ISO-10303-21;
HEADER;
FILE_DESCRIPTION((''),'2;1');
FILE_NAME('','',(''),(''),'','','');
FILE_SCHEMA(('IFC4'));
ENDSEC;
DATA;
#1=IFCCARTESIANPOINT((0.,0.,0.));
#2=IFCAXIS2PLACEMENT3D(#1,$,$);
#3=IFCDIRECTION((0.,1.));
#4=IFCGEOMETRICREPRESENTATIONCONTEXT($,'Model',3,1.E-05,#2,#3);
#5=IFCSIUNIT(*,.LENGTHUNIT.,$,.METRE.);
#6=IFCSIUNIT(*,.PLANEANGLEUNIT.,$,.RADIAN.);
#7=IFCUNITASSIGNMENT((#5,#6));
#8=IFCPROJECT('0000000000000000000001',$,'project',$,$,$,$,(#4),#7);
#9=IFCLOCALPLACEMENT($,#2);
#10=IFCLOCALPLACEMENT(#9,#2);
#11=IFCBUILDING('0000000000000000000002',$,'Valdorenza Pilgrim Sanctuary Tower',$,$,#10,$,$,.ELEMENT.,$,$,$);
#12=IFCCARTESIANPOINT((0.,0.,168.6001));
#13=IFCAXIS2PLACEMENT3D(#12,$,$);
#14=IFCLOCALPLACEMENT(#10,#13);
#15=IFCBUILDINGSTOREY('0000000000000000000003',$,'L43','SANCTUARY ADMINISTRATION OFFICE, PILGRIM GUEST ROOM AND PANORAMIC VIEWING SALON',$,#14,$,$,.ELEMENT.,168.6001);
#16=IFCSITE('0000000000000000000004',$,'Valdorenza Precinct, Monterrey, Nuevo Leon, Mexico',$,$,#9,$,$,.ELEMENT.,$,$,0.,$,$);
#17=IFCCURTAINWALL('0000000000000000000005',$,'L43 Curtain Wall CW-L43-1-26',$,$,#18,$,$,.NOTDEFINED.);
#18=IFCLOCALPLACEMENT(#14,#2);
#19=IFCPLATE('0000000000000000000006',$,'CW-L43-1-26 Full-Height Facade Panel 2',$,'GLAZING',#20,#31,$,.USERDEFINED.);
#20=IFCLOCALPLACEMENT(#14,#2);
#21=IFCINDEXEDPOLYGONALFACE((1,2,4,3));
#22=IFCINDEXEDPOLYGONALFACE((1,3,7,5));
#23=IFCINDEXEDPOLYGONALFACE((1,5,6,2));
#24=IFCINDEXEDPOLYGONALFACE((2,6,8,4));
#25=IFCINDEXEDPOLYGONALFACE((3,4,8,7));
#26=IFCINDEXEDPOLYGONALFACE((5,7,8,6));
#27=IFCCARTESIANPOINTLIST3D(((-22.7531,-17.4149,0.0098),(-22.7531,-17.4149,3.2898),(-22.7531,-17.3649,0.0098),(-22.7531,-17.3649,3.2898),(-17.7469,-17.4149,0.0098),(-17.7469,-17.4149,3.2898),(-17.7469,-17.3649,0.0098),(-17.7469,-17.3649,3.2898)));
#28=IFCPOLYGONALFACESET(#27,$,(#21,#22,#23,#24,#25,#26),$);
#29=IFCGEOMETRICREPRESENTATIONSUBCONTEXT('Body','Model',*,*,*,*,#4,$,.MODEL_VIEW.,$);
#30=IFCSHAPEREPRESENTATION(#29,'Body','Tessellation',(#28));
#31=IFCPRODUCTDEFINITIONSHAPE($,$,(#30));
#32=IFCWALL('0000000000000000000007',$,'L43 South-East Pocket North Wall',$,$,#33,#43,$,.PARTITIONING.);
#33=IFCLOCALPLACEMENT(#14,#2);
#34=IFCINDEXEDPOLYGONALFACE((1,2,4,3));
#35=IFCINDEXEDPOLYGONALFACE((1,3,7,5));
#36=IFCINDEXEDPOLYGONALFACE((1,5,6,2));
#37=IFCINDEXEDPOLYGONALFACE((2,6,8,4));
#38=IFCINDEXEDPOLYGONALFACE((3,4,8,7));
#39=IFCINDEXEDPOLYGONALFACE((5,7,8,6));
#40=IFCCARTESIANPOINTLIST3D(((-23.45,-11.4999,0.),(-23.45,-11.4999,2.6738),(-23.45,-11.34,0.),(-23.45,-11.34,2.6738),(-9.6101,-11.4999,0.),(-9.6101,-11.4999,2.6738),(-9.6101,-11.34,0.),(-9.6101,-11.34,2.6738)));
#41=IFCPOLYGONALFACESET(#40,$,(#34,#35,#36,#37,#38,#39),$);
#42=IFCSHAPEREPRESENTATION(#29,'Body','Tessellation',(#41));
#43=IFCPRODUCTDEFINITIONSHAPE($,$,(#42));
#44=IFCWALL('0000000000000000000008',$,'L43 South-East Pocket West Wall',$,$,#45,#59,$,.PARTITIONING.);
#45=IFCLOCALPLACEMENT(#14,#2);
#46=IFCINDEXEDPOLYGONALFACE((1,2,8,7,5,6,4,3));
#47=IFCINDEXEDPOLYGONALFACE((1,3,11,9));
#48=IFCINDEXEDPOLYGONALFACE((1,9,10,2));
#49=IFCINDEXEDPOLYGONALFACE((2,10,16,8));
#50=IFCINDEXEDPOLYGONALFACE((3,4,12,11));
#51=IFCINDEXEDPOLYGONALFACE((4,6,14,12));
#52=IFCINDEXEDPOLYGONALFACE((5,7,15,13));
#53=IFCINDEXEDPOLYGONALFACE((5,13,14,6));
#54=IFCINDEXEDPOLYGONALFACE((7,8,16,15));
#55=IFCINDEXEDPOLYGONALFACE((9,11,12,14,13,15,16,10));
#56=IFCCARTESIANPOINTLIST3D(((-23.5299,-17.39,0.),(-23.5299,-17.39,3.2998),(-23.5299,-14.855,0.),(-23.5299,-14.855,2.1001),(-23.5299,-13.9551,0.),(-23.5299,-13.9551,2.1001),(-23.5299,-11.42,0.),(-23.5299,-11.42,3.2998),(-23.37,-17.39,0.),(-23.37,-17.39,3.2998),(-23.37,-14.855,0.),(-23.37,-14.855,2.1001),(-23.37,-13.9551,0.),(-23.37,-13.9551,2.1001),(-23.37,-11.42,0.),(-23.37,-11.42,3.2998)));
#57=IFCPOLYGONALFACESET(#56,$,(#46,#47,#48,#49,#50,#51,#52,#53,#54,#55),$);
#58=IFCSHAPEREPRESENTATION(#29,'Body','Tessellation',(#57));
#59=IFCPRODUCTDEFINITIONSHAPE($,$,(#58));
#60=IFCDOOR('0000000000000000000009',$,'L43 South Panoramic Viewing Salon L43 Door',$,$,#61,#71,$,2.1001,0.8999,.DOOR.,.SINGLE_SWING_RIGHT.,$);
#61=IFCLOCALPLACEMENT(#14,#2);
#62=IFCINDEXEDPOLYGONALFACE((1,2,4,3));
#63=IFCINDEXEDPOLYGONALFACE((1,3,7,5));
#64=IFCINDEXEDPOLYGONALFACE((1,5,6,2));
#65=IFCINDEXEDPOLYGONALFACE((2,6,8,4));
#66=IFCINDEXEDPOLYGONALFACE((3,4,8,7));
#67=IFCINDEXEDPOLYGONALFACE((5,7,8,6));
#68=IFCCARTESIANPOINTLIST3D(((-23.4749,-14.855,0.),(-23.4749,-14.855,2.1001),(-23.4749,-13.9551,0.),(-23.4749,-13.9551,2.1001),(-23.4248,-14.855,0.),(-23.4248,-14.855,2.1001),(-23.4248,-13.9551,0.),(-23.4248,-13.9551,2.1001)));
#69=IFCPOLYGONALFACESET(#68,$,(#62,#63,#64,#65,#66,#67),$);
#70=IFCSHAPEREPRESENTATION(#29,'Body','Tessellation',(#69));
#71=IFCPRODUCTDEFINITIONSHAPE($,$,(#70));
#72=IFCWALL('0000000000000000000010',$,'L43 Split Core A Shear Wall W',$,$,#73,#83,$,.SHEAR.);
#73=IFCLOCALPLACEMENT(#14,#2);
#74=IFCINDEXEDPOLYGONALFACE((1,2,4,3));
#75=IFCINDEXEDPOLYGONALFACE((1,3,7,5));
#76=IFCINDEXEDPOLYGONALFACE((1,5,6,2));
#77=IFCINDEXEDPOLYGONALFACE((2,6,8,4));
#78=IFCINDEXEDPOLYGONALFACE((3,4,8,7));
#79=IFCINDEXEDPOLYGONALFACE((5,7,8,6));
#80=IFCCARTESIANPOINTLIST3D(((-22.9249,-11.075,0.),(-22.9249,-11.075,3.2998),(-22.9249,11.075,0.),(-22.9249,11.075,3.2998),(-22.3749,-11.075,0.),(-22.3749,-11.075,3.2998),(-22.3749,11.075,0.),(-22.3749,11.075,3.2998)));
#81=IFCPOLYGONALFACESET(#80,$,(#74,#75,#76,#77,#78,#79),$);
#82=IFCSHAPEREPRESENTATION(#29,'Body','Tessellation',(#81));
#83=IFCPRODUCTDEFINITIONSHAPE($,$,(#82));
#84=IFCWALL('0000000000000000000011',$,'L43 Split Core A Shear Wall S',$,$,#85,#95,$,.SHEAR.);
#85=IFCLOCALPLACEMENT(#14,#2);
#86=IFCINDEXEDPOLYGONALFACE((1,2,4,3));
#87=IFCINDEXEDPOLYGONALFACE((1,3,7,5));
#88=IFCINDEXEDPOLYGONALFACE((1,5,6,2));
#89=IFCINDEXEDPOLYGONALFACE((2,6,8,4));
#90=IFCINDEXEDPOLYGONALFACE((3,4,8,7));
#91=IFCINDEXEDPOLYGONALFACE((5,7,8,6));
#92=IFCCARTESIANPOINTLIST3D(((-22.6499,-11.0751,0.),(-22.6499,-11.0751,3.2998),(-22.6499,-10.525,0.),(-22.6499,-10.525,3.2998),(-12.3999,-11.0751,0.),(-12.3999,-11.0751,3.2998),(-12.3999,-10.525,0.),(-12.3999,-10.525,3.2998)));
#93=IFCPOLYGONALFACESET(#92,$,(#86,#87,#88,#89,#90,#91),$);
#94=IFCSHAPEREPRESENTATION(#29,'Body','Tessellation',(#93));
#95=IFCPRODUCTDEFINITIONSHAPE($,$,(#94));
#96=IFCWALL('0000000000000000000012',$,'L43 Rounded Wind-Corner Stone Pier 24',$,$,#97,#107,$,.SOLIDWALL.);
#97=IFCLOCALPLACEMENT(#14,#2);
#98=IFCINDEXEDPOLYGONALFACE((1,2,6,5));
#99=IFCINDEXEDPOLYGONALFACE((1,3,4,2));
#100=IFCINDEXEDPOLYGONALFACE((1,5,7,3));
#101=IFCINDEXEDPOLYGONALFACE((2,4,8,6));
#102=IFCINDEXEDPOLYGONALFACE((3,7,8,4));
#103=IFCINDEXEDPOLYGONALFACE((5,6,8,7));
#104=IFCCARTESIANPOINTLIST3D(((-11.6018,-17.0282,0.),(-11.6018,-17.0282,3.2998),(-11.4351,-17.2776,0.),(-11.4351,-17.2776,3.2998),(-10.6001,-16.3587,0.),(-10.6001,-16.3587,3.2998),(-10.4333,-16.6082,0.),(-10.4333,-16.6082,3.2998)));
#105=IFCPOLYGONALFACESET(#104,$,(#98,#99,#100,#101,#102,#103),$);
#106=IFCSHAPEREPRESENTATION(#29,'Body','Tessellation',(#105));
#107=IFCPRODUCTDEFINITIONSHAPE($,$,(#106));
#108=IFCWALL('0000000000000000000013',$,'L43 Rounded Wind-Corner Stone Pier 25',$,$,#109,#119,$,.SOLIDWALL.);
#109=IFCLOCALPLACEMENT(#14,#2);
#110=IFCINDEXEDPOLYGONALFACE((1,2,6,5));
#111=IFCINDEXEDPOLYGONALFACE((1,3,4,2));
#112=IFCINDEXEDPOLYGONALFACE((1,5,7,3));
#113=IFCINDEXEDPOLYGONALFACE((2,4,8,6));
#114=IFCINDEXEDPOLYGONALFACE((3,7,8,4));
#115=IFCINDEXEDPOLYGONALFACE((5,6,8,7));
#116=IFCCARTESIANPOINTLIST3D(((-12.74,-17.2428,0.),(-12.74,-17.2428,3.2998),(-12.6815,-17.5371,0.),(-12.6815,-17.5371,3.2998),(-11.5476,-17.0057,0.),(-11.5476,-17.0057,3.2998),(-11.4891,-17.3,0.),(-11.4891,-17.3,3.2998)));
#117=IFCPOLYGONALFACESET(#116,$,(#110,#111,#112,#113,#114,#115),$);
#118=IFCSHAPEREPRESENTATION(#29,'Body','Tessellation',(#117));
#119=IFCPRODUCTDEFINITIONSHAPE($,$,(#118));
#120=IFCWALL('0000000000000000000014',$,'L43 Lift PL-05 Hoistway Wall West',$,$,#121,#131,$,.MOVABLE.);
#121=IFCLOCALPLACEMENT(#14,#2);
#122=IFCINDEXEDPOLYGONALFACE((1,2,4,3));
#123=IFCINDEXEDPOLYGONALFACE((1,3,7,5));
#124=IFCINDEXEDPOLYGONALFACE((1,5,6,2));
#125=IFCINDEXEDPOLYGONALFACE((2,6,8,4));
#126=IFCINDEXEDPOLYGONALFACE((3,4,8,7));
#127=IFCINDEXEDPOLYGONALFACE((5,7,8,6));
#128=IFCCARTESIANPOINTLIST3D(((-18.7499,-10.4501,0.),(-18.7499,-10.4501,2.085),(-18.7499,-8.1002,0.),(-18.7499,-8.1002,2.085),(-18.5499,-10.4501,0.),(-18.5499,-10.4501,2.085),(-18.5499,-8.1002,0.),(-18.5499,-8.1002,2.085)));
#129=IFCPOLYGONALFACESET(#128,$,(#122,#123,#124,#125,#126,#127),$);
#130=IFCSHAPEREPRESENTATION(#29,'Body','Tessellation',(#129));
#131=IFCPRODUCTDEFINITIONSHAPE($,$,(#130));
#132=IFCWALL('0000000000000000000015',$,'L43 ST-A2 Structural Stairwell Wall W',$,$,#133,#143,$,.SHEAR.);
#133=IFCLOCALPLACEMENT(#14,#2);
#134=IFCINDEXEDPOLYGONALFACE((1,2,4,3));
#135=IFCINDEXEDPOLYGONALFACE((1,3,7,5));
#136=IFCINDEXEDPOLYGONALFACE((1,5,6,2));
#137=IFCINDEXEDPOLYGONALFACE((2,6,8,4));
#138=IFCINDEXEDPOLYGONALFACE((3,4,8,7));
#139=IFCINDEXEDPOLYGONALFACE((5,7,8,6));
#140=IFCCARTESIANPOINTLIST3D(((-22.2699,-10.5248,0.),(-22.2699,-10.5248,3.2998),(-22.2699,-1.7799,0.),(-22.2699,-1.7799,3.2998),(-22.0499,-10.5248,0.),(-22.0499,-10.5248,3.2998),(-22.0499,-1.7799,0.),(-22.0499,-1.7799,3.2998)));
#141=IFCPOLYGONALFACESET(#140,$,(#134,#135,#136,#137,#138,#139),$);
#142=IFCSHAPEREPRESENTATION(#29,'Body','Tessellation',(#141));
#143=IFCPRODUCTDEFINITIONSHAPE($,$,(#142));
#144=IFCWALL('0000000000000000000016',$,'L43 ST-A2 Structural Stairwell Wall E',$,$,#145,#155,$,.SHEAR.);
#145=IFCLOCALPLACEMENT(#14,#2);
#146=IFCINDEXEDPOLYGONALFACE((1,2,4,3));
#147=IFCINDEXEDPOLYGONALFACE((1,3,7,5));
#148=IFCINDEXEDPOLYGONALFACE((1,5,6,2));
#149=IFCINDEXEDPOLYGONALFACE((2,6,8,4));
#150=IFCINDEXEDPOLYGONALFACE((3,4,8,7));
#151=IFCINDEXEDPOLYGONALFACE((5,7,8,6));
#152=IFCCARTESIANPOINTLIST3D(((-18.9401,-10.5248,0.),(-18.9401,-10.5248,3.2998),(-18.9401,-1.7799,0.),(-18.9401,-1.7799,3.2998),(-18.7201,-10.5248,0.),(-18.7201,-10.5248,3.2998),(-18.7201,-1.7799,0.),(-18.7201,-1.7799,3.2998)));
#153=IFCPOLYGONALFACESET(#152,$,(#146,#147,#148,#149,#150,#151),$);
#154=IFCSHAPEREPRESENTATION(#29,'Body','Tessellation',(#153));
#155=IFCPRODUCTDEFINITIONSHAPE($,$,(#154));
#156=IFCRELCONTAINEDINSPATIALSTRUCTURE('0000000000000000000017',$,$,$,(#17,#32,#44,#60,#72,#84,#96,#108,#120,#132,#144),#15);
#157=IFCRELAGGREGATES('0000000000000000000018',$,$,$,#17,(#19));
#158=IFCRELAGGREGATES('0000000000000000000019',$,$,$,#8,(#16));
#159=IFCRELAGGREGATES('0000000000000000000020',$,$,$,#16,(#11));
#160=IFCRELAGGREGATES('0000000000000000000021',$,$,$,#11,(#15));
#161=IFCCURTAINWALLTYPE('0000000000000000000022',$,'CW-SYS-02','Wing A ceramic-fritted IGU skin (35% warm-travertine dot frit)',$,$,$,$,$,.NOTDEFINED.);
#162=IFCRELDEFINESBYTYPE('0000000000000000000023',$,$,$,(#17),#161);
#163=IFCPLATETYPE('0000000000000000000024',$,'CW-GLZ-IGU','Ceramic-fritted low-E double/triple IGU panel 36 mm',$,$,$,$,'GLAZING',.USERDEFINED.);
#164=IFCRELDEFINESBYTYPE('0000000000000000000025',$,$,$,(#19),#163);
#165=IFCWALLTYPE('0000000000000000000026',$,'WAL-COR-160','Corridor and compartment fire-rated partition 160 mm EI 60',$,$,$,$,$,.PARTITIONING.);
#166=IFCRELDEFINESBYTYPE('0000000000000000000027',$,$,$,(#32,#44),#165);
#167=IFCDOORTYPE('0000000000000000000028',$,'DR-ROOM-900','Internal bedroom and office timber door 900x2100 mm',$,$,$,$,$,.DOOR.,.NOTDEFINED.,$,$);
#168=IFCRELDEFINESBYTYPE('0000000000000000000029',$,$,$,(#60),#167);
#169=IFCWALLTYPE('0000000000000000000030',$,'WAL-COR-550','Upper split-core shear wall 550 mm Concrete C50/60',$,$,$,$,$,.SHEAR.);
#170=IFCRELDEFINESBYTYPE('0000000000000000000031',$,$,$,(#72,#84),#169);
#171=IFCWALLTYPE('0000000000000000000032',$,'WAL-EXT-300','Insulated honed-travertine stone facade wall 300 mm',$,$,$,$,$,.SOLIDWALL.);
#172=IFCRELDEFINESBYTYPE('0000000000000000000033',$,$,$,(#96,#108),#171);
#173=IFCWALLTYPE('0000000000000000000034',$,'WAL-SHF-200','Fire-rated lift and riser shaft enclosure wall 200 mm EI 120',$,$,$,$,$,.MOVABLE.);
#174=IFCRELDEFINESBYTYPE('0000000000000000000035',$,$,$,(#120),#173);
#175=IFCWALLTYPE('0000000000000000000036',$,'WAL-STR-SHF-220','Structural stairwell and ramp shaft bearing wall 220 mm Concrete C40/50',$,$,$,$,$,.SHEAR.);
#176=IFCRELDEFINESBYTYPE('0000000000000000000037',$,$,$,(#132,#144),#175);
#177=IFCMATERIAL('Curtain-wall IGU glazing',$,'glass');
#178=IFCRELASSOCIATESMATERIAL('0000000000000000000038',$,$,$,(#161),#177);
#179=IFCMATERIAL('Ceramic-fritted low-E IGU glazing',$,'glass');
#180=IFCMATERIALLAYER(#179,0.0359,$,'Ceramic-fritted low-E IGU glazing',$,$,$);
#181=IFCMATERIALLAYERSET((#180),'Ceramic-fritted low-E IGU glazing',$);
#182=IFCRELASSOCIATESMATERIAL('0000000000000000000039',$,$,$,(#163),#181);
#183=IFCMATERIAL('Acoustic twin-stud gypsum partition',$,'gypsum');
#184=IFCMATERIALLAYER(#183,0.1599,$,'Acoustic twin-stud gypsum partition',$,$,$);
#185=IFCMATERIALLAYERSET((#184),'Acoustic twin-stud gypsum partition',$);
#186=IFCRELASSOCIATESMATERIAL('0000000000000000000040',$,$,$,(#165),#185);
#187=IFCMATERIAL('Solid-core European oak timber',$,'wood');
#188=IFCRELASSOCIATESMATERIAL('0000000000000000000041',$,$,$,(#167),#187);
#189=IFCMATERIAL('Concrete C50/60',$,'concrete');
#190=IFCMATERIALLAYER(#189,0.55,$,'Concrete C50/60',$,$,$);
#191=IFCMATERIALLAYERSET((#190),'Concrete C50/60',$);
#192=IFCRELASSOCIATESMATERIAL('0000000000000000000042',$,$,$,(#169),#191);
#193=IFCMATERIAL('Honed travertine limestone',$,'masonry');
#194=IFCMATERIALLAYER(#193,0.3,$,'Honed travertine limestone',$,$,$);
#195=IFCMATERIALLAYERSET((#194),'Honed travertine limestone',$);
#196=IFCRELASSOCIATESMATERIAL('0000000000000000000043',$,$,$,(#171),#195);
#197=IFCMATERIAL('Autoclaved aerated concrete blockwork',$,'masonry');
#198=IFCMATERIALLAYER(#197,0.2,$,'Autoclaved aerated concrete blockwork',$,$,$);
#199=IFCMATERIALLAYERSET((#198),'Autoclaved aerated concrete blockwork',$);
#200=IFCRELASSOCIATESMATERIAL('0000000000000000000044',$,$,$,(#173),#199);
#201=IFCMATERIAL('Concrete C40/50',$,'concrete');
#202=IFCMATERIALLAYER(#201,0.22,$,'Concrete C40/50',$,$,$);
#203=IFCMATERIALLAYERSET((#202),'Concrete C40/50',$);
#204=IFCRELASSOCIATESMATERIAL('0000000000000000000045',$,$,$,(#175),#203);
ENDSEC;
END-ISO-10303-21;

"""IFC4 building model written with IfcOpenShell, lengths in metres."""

from ifc_helpers import new_model, si_unit, direction, frame, frame_2d, origin, origin_2d, place, context, subcontext, project, spatial, rectangle, extrude, source, transform, mapped, material, layer, layer_set, type_object, element, fill, aggregate, save


model = new_model("IFC4")

# Units and contexts
model_context = context("Model", 3, precision=1e-05, world=origin(), true_north=direction((0.0, 1.0)))
body_context = subcontext(model_context, "Body", "Model", "MODEL_VIEW")
ifc_project = project(units=[si_unit("LENGTHUNIT", "METRE"), si_unit("PLANEANGLEUNIT", "RADIAN")], contexts=[model_context])

# Site, building, storey
site_placement = place(None, origin())
site = spatial("IfcSite", under=ifc_project, at=site_placement, Name="Valdorenza Precinct, Monterrey, Nuevo Leon, Mexico", CompositionType="ELEMENT", RefElevation=0.0)
building_placement = place(site_placement, origin())
building = spatial("IfcBuilding", under=site, at=building_placement, Name="Valdorenza Pilgrim Sanctuary Tower", CompositionType="ELEMENT")
storey_placement = place(building_placement, frame((0.0, 0.0, 168.6001)))
storey = spatial("IfcBuildingStorey", under=building, at=storey_placement, Name="L43", Description="SANCTUARY ADMINISTRATION OFFICE, PILGRIM GUEST ROOM AND PANORAMIC VIEWING SALON", CompositionType="ELEMENT", Elevation=168.6001)

# Curtain wall, plate
ifc_material_1 = material(Name="Curtain-wall IGU glazing", Category="glass")
curtain_wall_type = type_object("IfcCurtainWallType", Name="CW-SYS-02", Description="Wing A ceramic-fritted IGU skin (35% warm-travertine dot frit)", PredefinedType="NOTDEFINED", material=ifc_material_1)
curtain_wall_placement = place(storey_placement, origin())
curtain_wall = element("IfcCurtainWall", 1, at=curtain_wall_placement, inside=storey, type_object=curtain_wall_type, Name="L43 Curtain Wall CW-L43-1-26", PredefinedType="NOTDEFINED")
ifc_material_2 = material(Name="Honed travertine limestone", Category="masonry")
ifc_material_3 = material(Name="Ceramic-fritted low-E IGU glazing", Category="glass")
ifc_layer_1 = layer(ifc_material_3, 0.0359, Name="Ceramic-fritted low-E IGU glazing")
ifc_layer_set_1 = layer_set([ifc_layer_1], Name="Ceramic-fritted low-E IGU glazing")
plate_type_1 = type_object("IfcPlateType", Name="CW-GLZ-IGU", Description="Ceramic-fritted low-E double/triple IGU panel 36 mm", ElementType="GLAZING", PredefinedType="USERDEFINED", material=ifc_layer_set_1)
shared_shape_1 = source(origin(), body_context, "Body", "SweptSolid", [
    extrude(rectangle(XDim=5.0061, YDim=0.05, at=origin_2d()), origin(), (0.0, 0.0, 1.0), 3.28),
])
plate_1_placement = place(storey_placement, frame((-20.25, -17.3899, 0.0098), z_axis=(0.0, 0.0, 1.0), x_axis=(-1.0, 0.0, 0.0)))
plate_1 = element("IfcPlate", 2, at=plate_1_placement, type_object=plate_type_1, Name="CW-L43-1-26 Full-Height Facade Panel 2", ObjectType="GLAZING", PredefinedType="USERDEFINED", context=body_context, shape_type="MappedRepresentation", body=[
    mapped(shared_shape_1, transform((0.0, 0.0, 0.0), x_axis=(1.0, 0.0, 0.0), y_axis=(0.0, 1.0, 0.0), z_axis=(0.0, 0.0, 1.0), scale=1.0)),
])
aggregate(curtain_wall, [plate_1])

# Wall
ifc_material_4 = material(Name="Acoustic twin-stud gypsum partition", Category="gypsum")
ifc_layer_2 = layer(ifc_material_4, 0.1599, Name="Acoustic twin-stud gypsum partition")
ifc_layer_set_2 = layer_set([ifc_layer_2], Name="Acoustic twin-stud gypsum partition")
wall_type_1 = type_object("IfcWallType", Name="WAL-COR-160", Description="Corridor and compartment fire-rated partition 160 mm EI 60", PredefinedType="PARTITIONING", material=ifc_layer_set_2)
wall_1_placement = place(storey_placement, frame((-23.45, -11.4199, 0.0), z_axis=(0.0, 0.0, 1.0), x_axis=(1.0, 0.0, 0.0)))
element("IfcWall", 3, at=wall_1_placement, inside=storey, type_object=wall_type_1, Name="L43 South-East Pocket North Wall", PredefinedType="PARTITIONING", context=body_context, shape_type="SweptSolid", body=[
    extrude(rectangle(XDim=13.8398, YDim=0.1599, at=frame_2d((6.9199, 0.0))), origin(), (0.0, 0.0, 1.0), 2.6738),
])

# Wall, opening, door
wall_2_placement = place(storey_placement, frame((-23.45, -17.3899, 0.0), z_axis=(0.0, 0.0, 1.0), x_axis=(0.0, 1.0, 0.0)))
wall_2 = element("IfcWall", 4, at=wall_2_placement, inside=storey, type_object=wall_type_1, Name="L43 South-East Pocket West Wall", PredefinedType="PARTITIONING", context=body_context, shape_type="SweptSolid", body=[
    extrude(rectangle(XDim=5.97, YDim=0.1599, at=frame_2d((2.9849, 0.0))), origin(), (0.0, 0.0, 1.0), 3.2998),
])
opening_placement = place(wall_2_placement, frame((2.5349, 0.0, 0.0)))
opening = element("IfcOpeningElement", 5, at=opening_placement, cuts=wall_2, PredefinedType="OPENING", context=body_context, shape_type="SweptSolid", body=[
    extrude(rectangle(XDim=0.8999, YDim=2.1001, at=frame_2d((0.45, 1.05))), frame((0.0, 0.0947, 0.0), z_axis=(0.0, -1.0, 0.0), x_axis=(1.0, 0.0, 0.0)), (0.0, 0.0, 1.0), 0.1897),
])
ifc_material_5 = material(Name="Solid-core European oak timber", Category="wood")
door_type = type_object("IfcDoorType", Name="DR-ROOM-900", Description="Internal bedroom and office timber door 900x2100 mm", OperationType="NOTDEFINED", PredefinedType="DOOR", material=ifc_material_5)
door_placement = place(opening_placement, origin())
door = element("IfcDoor", 6, at=door_placement, inside=storey, type_object=door_type, Name="L43 South Panoramic Viewing Salon L43 Door", OperationType="SINGLE_SWING_RIGHT", OverallHeight=2.1001, OverallWidth=0.8999, PredefinedType="DOOR", context=body_context, shape_type="SweptSolid", body=[
    extrude(rectangle(XDim=0.8999, YDim=2.1001, at=frame_2d((0.45, 1.05))), frame((0.0, 0.0249, 0.0), z_axis=(0.0, -1.0, 0.0), x_axis=(1.0, 0.0, 0.0)), (0.0, 0.0, 1.0), 0.05),
])
fill(opening, door)

# Walls
ifc_material_6 = material(Name="Concrete C50/60", Category="concrete")
ifc_layer_3 = layer(ifc_material_6, 0.55, Name="Concrete C50/60")
ifc_layer_set_3 = layer_set([ifc_layer_3], Name="Concrete C50/60")
wall_type_2 = type_object("IfcWallType", Name="WAL-COR-550", Description="Upper split-core shear wall 550 mm Concrete C50/60", PredefinedType="SHEAR", material=ifc_layer_set_3)
wall_3_placement = place(storey_placement, frame((-22.6499, -11.075, 0.0), z_axis=(0.0, 0.0, 1.0), x_axis=(0.0, 1.0, 0.0)))
element("IfcWall", 7, at=wall_3_placement, inside=storey, type_object=wall_type_2, Name="L43 Split Core A Shear Wall W", PredefinedType="SHEAR", context=body_context, shape_type="SweptSolid", body=[
    extrude(rectangle(XDim=22.1499, YDim=0.55, at=frame_2d((11.075, 0.0))), origin(), (0.0, 0.0, 1.0), 3.2998),
])
wall_4_placement = place(storey_placement, frame((-22.6499, -10.8, 0.0), z_axis=(0.0, 0.0, 1.0), x_axis=(1.0, 0.0, 0.0)))
element("IfcWall", 8, at=wall_4_placement, inside=storey, type_object=wall_type_2, Name="L43 Split Core A Shear Wall S", PredefinedType="SHEAR", context=body_context, shape_type="SweptSolid", body=[
    extrude(rectangle(XDim=10.25, YDim=0.55, at=frame_2d((5.125, 0.0))), origin(), (0.0, 0.0, 1.0), 3.2998),
])
ifc_layer_4 = layer(ifc_material_2, 0.3, Name="Honed travertine limestone")
ifc_layer_set_4 = layer_set([ifc_layer_4], Name="Honed travertine limestone")
wall_type_3 = type_object("IfcWallType", Name="WAL-EXT-300", Description="Insulated honed-travertine stone facade wall 300 mm", PredefinedType="SOLIDWALL", material=ifc_layer_set_4)
wall_5_placement = place(storey_placement, frame((-10.5166, -16.4834, 0.0), z_axis=(0.0, 0.0, 1.0), x_axis=(-0.831426, -0.555635, 0.0)))
element("IfcWall", 9, at=wall_5_placement, inside=storey, type_object=wall_type_3, Name="L43 Rounded Wind-Corner Stone Pier 24", PredefinedType="SOLIDWALL", context=body_context, shape_type="SweptSolid", body=[
    extrude(rectangle(XDim=1.2048, YDim=0.3, at=frame_2d((0.6025, 0.0))), origin(), (0.0, 0.0, 1.0), 3.2998),
])
wall_6_placement = place(storey_placement, frame((-11.5183, -17.1528, 0.0), z_axis=(0.0, 0.0, 1.0), x_axis=(-0.980804, -0.194996, 0.0)))
element("IfcWall", 10, at=wall_6_placement, inside=storey, type_object=wall_type_3, Name="L43 Rounded Wind-Corner Stone Pier 25", PredefinedType="SOLIDWALL", context=body_context, shape_type="SweptSolid", body=[
    extrude(rectangle(XDim=1.2158, YDim=0.3, at=frame_2d((0.6079, 0.0))), origin(), (0.0, 0.0, 1.0), 3.2998),
])
ifc_material_7 = material(Name="Autoclaved aerated concrete blockwork", Category="masonry")
ifc_layer_5 = layer(ifc_material_7, 0.2, Name="Autoclaved aerated concrete blockwork")
ifc_layer_set_5 = layer_set([ifc_layer_5], Name="Autoclaved aerated concrete blockwork")
wall_type_4 = type_object("IfcWallType", Name="WAL-SHF-200", Description="Fire-rated lift and riser shaft enclosure wall 200 mm EI 120", PredefinedType="MOVABLE", material=ifc_layer_set_5)
wall_7_placement = place(storey_placement, frame((-18.6499, -10.45, 0.0), z_axis=(0.0, 0.0, 1.0), x_axis=(0.0, 1.0, 0.0)))
element("IfcWall", 11, at=wall_7_placement, inside=storey, type_object=wall_type_4, Name="L43 Lift PL-05 Hoistway Wall West", PredefinedType="MOVABLE", context=body_context, shape_type="SweptSolid", body=[
    extrude(rectangle(XDim=2.3499, YDim=0.2, at=frame_2d((1.1748, 0.0))), origin(), (0.0, 0.0, 1.0), 2.085),
])
ifc_material_8 = material(Name="Concrete C40/50", Category="concrete")
ifc_layer_6 = layer(ifc_material_8, 0.22, Name="Concrete C40/50")
ifc_layer_set_6 = layer_set([ifc_layer_6], Name="Concrete C40/50")
wall_type_5 = type_object("IfcWallType", Name="WAL-STR-SHF-220", Description="Structural stairwell and ramp shaft bearing wall 220 mm Concrete C40/50", PredefinedType="SHEAR", material=ifc_layer_set_6)
for number, where, z_axis, x_axis, name in (
    (12, (-22.1599, -10.5249, 0.0), (0.0, 0.0, 1.0), (0.0, 1.0, 0.0), "L43 ST-A2 Structural Stairwell Wall W"),
    (13, (-18.8301, -10.5249, 0.0), (0.0, 0.0, 1.0), (0.0, 1.0, 0.0), "L43 ST-A2 Structural Stairwell Wall E"),
):
    element("IfcWall", number, at=place(storey_placement, frame(where, z_axis=z_axis, x_axis=x_axis)), inside=storey, type_object=wall_type_5, Name=name, PredefinedType="SHEAR", context=body_context, shape_type="SweptSolid", body=[
        extrude(rectangle(XDim=8.7449, YDim=0.22, at=frame_2d((4.3726, 0.0))), origin(), (0.0, 0.0, 1.0), 3.2998),
    ])

save(model, "model.ifc")
